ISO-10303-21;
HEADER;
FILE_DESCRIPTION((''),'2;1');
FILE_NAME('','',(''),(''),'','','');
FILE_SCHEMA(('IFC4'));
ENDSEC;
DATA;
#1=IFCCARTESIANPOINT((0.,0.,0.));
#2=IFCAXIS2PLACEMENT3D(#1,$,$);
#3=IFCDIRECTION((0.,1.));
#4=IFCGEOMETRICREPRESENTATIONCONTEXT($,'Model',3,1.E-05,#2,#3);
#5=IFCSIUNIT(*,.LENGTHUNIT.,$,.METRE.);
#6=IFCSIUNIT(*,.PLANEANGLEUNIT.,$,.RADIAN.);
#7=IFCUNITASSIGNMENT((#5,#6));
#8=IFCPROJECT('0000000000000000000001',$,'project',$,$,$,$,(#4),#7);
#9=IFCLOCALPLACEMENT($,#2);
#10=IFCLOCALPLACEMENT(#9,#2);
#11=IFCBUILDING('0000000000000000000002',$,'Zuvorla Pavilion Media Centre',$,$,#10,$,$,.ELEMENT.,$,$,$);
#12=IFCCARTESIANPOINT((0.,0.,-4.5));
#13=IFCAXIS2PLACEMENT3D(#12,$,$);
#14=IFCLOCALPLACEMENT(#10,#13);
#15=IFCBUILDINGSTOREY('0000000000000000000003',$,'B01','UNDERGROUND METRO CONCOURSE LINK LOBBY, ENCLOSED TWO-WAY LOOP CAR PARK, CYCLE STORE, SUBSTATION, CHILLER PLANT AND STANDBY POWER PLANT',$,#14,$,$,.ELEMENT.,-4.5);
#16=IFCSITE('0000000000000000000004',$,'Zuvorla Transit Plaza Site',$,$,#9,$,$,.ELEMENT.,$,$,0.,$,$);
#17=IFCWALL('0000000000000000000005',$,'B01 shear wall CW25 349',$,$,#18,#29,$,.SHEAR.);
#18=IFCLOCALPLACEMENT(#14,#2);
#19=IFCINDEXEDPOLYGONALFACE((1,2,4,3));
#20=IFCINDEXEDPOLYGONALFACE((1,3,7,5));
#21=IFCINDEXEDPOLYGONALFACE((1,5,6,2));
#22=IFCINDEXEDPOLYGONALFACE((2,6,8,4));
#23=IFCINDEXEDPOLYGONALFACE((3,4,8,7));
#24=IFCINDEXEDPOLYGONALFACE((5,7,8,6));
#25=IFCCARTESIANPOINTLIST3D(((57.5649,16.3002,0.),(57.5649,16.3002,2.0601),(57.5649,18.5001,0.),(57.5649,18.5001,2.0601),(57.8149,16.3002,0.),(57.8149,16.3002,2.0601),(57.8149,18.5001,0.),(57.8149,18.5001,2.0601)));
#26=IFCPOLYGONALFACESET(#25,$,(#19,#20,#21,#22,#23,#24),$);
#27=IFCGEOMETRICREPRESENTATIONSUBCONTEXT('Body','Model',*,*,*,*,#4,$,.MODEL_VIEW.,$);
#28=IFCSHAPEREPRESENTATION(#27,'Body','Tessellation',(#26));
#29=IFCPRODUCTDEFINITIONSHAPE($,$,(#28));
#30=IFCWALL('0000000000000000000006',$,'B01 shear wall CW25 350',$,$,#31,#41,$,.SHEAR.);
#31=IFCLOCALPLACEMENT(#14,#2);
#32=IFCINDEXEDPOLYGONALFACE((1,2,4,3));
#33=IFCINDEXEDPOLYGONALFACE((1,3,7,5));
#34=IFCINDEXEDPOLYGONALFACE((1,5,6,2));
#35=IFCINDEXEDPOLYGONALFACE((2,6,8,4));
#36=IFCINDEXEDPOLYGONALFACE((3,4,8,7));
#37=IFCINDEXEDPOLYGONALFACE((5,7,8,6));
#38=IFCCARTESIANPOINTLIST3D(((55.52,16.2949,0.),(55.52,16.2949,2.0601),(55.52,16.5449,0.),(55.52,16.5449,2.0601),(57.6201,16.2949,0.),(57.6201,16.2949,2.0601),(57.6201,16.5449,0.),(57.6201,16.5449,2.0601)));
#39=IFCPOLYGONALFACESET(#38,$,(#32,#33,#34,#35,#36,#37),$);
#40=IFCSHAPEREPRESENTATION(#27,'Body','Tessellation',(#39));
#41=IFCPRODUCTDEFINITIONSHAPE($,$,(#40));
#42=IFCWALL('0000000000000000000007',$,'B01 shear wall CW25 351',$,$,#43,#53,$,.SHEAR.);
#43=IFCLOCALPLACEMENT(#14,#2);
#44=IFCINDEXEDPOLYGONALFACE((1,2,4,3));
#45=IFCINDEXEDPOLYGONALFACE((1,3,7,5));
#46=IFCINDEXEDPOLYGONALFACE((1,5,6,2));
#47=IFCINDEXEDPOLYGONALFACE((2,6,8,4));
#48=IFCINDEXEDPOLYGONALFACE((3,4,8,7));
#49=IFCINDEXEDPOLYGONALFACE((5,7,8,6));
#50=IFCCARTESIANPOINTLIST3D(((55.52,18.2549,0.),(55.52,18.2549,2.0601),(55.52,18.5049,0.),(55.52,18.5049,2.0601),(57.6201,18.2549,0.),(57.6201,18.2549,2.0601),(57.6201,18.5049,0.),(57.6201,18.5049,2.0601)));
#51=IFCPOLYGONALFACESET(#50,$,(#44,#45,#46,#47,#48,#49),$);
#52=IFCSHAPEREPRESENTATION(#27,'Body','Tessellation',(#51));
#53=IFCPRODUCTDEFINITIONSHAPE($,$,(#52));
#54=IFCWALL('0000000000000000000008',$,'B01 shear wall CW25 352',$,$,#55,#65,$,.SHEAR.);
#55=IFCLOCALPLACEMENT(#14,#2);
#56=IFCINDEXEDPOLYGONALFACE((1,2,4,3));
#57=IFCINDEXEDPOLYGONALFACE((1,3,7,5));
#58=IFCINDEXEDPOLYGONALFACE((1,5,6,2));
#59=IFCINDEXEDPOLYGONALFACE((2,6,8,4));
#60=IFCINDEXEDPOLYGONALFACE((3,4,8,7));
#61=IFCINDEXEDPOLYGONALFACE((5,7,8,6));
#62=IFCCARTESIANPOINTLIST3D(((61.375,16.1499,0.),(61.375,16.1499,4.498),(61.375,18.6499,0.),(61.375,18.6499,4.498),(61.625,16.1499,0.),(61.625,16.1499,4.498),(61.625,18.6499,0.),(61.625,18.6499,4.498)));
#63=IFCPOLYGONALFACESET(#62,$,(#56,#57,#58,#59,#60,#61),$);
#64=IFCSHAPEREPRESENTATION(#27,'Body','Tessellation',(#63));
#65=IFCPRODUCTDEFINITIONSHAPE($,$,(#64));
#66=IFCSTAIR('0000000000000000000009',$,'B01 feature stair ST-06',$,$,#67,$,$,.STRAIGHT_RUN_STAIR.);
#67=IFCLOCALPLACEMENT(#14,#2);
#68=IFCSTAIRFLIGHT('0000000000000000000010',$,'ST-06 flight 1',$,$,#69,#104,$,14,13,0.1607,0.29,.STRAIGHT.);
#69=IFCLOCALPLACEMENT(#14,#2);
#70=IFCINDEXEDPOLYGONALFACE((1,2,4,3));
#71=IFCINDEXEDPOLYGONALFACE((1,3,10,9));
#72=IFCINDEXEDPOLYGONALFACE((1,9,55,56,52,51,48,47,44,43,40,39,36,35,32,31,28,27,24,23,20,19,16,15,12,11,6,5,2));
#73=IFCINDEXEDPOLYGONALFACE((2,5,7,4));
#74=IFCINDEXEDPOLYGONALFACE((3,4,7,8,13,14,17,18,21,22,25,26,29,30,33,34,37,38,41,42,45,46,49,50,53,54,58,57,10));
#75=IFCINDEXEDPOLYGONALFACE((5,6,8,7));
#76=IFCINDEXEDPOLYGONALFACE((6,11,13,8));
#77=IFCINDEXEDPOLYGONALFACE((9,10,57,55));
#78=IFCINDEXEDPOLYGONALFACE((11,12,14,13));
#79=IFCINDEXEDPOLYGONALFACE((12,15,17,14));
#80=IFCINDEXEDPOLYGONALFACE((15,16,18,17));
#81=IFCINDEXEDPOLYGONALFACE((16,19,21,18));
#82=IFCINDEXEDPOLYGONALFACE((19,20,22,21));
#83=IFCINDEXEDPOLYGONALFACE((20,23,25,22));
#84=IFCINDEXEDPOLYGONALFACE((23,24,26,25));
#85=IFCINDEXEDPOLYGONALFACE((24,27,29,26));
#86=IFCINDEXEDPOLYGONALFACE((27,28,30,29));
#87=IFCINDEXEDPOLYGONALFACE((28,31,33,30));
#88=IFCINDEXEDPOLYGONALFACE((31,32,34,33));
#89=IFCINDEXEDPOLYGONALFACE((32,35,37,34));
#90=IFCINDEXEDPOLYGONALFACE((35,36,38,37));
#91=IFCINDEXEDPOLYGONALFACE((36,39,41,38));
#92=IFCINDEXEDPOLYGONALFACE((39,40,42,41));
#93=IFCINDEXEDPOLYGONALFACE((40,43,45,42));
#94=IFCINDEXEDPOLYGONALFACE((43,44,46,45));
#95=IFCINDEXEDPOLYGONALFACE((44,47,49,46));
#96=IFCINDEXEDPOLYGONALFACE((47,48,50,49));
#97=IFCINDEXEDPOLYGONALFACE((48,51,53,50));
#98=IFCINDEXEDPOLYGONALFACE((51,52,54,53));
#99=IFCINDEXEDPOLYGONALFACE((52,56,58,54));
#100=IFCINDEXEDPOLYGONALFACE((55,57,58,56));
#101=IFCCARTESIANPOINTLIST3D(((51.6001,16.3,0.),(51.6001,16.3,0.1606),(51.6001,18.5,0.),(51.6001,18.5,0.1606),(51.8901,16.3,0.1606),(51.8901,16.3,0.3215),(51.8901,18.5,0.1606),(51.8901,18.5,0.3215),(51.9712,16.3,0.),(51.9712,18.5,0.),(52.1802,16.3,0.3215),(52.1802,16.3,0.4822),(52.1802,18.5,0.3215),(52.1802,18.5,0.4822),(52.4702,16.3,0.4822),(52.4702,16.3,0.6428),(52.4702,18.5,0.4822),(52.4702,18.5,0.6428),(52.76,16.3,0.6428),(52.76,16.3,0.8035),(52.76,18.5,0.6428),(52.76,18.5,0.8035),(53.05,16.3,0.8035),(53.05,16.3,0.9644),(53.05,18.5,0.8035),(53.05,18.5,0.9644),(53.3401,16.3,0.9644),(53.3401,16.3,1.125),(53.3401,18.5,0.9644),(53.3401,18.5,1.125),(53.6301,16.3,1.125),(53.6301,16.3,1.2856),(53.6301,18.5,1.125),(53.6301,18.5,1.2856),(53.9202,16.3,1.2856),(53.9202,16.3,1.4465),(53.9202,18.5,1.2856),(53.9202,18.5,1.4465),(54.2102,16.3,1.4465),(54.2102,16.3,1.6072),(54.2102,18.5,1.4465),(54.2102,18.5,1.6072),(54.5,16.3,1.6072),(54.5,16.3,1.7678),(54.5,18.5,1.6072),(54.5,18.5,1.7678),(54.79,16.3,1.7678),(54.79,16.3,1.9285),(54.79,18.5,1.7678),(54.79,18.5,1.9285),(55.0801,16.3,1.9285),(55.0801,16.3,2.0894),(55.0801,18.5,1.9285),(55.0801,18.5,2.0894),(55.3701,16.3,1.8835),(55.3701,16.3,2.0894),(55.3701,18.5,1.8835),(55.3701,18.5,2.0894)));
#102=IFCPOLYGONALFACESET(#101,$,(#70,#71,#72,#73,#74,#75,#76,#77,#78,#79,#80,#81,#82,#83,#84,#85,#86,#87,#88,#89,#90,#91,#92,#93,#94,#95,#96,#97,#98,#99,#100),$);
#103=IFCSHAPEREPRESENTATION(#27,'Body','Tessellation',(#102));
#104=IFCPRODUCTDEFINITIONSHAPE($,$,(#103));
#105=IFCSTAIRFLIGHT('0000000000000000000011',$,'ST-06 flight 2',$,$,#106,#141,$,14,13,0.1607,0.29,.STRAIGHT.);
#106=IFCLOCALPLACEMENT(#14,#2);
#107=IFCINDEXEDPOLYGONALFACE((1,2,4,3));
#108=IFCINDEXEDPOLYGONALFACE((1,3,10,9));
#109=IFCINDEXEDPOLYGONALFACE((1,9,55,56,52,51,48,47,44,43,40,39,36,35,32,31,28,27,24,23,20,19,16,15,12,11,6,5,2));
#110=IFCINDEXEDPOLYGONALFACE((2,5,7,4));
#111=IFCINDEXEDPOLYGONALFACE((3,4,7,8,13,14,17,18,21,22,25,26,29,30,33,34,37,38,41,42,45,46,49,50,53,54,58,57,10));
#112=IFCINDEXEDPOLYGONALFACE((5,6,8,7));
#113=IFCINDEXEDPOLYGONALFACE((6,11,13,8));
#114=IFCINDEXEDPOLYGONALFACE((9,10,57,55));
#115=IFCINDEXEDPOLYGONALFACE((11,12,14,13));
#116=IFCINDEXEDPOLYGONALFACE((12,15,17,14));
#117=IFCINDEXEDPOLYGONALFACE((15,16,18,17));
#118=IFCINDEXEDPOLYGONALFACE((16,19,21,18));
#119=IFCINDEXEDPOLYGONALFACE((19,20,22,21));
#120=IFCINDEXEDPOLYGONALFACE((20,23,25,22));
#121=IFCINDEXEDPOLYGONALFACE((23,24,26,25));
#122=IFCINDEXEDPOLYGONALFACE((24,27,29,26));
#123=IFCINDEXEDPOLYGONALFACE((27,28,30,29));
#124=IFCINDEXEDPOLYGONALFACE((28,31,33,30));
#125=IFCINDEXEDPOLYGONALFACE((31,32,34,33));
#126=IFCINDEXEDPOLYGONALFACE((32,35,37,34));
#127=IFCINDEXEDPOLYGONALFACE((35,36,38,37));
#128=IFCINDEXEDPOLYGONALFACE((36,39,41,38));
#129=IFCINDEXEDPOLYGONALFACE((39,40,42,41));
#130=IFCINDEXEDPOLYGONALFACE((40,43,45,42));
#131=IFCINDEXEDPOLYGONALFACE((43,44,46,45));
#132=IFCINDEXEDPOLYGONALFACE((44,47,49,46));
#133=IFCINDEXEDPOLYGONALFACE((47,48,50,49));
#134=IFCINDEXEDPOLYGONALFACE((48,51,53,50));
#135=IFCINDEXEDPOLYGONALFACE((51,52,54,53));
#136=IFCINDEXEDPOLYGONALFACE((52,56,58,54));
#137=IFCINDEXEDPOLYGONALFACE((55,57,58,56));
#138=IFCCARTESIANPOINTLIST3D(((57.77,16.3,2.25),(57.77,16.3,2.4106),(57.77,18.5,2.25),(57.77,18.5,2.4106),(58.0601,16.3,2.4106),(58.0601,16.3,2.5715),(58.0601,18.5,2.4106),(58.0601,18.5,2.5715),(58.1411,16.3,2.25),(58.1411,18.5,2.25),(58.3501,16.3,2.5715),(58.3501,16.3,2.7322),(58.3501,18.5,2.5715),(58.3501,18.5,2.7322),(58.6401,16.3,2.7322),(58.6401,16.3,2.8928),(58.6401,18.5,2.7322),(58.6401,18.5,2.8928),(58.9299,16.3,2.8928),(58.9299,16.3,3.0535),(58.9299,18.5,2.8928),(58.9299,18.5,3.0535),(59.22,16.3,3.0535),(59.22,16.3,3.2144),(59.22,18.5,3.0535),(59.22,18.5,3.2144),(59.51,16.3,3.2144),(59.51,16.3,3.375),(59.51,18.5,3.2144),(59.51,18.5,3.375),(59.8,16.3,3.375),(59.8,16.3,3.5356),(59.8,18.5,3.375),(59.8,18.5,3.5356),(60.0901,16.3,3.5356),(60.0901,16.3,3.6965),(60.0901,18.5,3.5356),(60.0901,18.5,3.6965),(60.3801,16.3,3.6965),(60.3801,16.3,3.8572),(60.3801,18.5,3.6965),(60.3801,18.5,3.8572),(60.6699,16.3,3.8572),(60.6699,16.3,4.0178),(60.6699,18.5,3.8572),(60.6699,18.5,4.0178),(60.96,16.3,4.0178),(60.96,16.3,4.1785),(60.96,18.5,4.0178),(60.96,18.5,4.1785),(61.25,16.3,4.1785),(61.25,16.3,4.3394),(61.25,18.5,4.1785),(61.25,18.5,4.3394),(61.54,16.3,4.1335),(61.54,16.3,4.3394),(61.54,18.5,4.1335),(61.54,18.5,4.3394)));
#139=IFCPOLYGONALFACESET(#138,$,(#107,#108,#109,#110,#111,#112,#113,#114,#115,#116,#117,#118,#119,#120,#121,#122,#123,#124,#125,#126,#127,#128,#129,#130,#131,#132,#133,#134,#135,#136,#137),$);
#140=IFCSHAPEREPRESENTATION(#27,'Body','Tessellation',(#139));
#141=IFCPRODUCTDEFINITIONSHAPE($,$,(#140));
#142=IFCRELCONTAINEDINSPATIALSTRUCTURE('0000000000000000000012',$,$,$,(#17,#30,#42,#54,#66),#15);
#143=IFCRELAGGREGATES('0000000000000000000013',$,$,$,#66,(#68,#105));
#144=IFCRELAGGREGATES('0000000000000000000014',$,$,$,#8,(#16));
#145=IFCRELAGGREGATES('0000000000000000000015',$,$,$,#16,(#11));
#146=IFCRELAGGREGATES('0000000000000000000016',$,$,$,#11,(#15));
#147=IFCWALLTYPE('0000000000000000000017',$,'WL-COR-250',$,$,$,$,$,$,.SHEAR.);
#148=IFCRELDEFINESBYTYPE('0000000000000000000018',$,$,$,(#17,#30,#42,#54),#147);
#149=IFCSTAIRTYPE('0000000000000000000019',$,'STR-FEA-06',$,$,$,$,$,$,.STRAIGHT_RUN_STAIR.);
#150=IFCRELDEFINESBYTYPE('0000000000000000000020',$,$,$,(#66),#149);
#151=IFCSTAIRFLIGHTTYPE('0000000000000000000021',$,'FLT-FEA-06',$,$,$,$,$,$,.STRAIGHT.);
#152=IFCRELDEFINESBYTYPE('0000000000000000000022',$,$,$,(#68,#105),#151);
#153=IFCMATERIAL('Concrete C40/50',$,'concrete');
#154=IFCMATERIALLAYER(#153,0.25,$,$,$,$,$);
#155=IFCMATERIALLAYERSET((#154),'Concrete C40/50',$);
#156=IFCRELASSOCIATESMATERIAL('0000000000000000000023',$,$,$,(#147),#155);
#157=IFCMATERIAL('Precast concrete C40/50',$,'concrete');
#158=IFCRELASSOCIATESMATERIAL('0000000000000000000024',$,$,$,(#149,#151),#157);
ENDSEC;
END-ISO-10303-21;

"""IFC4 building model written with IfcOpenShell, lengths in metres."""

from ifc_helpers import new_model, si_unit, direction, frame, frame_2d, origin, place, context, subcontext, project, spatial, polyline, rectangle, outline, extrude, material, layer, layer_set, type_object, element, aggregate, save


model = new_model("IFC4")

# Units and contexts
model_context = context("Model", 3, precision=1e-05, world=origin(), true_north=direction((0.0, 1.0)))
body_context = subcontext(model_context, "Body", "Model", "MODEL_VIEW")
ifc_project = project(units=[si_unit("LENGTHUNIT", "METRE"), si_unit("PLANEANGLEUNIT", "RADIAN")], contexts=[model_context])

# Site, building, storey
site_placement = place(None, origin())
site = spatial("IfcSite", under=ifc_project, at=site_placement, Name="Zuvorla Transit Plaza Site", CompositionType="ELEMENT", RefElevation=0.0)
building_placement = place(site_placement, origin())
building = spatial("IfcBuilding", under=site, at=building_placement, Name="Zuvorla Pavilion Media Centre", CompositionType="ELEMENT")
storey_placement = place(building_placement, frame((0.0, 0.0, -4.5)))
storey = spatial("IfcBuildingStorey", under=building, at=storey_placement, Name="B01", Description="UNDERGROUND METRO CONCOURSE LINK LOBBY, ENCLOSED TWO-WAY LOOP CAR PARK, CYCLE STORE, SUBSTATION, CHILLER PLANT AND STANDBY POWER PLANT", CompositionType="ELEMENT", Elevation=-4.5)

# Shared definitions
ifc_material_1 = material(Name="Concrete C40/50", Category="concrete")

# Walls
ifc_layer = layer(ifc_material_1, 0.25)
ifc_layer_set = layer_set([ifc_layer], Name="Concrete C40/50")
wall_type = type_object("IfcWallType", Name="WL-COR-250", PredefinedType="SHEAR", material=ifc_layer_set)
for number, where, z_axis, x_axis, name in (
    (1, (57.6899, 16.3, 0.0), (0.0, 0.0, 1.0), (0.0, 1.0, 0.0), "B01 shear wall CW25 349"),
):
    element("IfcWall", number, at=place(storey_placement, frame(where, z_axis=z_axis, x_axis=x_axis)), inside=storey, type_object=wall_type, Name=name, PredefinedType="SHEAR", context=body_context, shape_type="SweptSolid", body=[
        extrude(rectangle(XDim=2.2, YDim=0.25, at=frame_2d((1.1001, 0.0))), origin(), (0.0, 0.0, 1.0), 2.0601),
    ])
for number, where, z_axis, x_axis, name in (
    (2, (55.52, 16.4199, 0.0), (0.0, 0.0, 1.0), (1.0, 0.0, 0.0), "B01 shear wall CW25 350"),
    (3, (55.52, 18.3799, 0.0), (0.0, 0.0, 1.0), (1.0, 0.0, 0.0), "B01 shear wall CW25 351"),
):
    element("IfcWall", number, at=place(storey_placement, frame(where, z_axis=z_axis, x_axis=x_axis)), inside=storey, type_object=wall_type, Name=name, PredefinedType="SHEAR", context=body_context, shape_type="SweptSolid", body=[
        extrude(rectangle(XDim=2.1001, YDim=0.25, at=frame_2d((1.05, 0.0))), origin(), (0.0, 0.0, 1.0), 2.0601),
    ])
wall_placement = place(storey_placement, frame((61.5, 16.1499, 0.0), z_axis=(0.0, 0.0, 1.0), x_axis=(0.0, 1.0, 0.0)))
element("IfcWall", 4, at=wall_placement, inside=storey, type_object=wall_type, Name="B01 shear wall CW25 352", PredefinedType="SHEAR", context=body_context, shape_type="SweptSolid", body=[
    extrude(rectangle(XDim=2.5, YDim=0.25, at=frame_2d((1.25, 0.0))), origin(), (0.0, 0.0, 1.0), 4.498),
])

# Stair, stair flights
ifc_material_2 = material(Name="Precast concrete C40/50", Category="concrete")
stair_type = type_object("IfcStairType", Name="STR-FEA-06", PredefinedType="STRAIGHT_RUN_STAIR", material=ifc_material_2)
stair_placement = place(storey_placement, origin())
stair = element("IfcStair", 5, at=stair_placement, inside=storey, type_object=stair_type, Name="B01 feature stair ST-06", PredefinedType="STRAIGHT_RUN_STAIR")
stair_flight_type = type_object("IfcStairFlightType", Name="FLT-FEA-06", PredefinedType="STRAIGHT", material=ifc_material_2)
stair_flight_1_placement = place(storey_placement, frame((51.6001, 17.3999, 0.0), z_axis=(0.0, 0.0, 1.0), x_axis=(1.0, 0.0, 0.0)))
stair_flight_1 = element("IfcStairFlight", 6, at=stair_flight_1_placement, type_object=stair_flight_type, Name="ST-06 flight 1", NumberOfRisers=14, NumberOfTreads=13, PredefinedType="STRAIGHT", RiserHeight=0.1607, TreadLength=0.29, context=body_context, shape_type="SweptSolid", body=[
    extrude(outline(polyline([(0.0, 0.0), (0.0, 0.1606), (0.29, 0.1606), (0.29, 0.3215), (0.5801, 0.3215), (0.5801, 0.4822), (0.8701, 0.4822), (0.8701, 0.6428), (1.1599, 0.6428), (1.1599, 0.8035), (1.45, 0.8035), (1.45, 0.9644), (1.74, 0.9644), (1.74, 1.125), (2.03, 1.125), (2.03, 1.2856), (2.3201, 1.2856), (2.3201, 1.4465), (2.6101, 1.4465), (2.6101, 1.6072), (2.8999, 1.6072), (2.8999, 1.7678), (3.1899, 1.7678), (3.1899, 1.9285), (3.48, 1.9285), (3.48, 2.0894), (3.77, 2.0894), (3.77, 2.25), (3.77, 1.8835), (0.3711, 0.0), (0.0, 0.0)])), frame((0.0, 1.1001, 0.0), z_axis=(0.0, -1.0, 0.0), x_axis=(1.0, 0.0, 0.0)), (0.0, 0.0, 1.0), 2.2),
])
stair_flight_2_placement = place(storey_placement, frame((57.77, 17.3999, 2.25), z_axis=(0.0, 0.0, 1.0), x_axis=(1.0, 0.0, 0.0)))
stair_flight_2 = element("IfcStairFlight", 7, at=stair_flight_2_placement, type_object=stair_flight_type, Name="ST-06 flight 2", NumberOfRisers=14, NumberOfTreads=13, PredefinedType="STRAIGHT", RiserHeight=0.1607, TreadLength=0.29, context=body_context, shape_type="SweptSolid", body=[
    extrude(outline(polyline([(0.0, 0.0), (0.0, 0.1606), (0.29, 0.1606), (0.29, 0.3215), (0.5801, 0.3215), (0.5801, 0.4822), (0.8701, 0.4822), (0.8701, 0.6428), (1.1599, 0.6428), (1.1599, 0.8035), (1.45, 0.8035), (1.45, 0.9644), (1.74, 0.9644), (1.74, 1.125), (2.03, 1.125), (2.03, 1.2856), (2.3201, 1.2856), (2.3201, 1.4465), (2.6101, 1.4465), (2.6101, 1.6072), (2.8999, 1.6072), (2.8999, 1.7678), (3.1899, 1.7678), (3.1899, 1.9285), (3.48, 1.9285), (3.48, 2.0894), (3.77, 2.0894), (3.77, 2.25), (3.77, 1.8835), (0.3711, 0.0), (0.0, 0.0)])), frame((0.0, 1.1001, 0.0), z_axis=(0.0, -1.0, 0.0), x_axis=(1.0, 0.0, 0.0)), (0.0, 0.0, 1.0), 2.2),
])
aggregate(stair, [stair_flight_1, stair_flight_2])

save(model, "model.ifc")
